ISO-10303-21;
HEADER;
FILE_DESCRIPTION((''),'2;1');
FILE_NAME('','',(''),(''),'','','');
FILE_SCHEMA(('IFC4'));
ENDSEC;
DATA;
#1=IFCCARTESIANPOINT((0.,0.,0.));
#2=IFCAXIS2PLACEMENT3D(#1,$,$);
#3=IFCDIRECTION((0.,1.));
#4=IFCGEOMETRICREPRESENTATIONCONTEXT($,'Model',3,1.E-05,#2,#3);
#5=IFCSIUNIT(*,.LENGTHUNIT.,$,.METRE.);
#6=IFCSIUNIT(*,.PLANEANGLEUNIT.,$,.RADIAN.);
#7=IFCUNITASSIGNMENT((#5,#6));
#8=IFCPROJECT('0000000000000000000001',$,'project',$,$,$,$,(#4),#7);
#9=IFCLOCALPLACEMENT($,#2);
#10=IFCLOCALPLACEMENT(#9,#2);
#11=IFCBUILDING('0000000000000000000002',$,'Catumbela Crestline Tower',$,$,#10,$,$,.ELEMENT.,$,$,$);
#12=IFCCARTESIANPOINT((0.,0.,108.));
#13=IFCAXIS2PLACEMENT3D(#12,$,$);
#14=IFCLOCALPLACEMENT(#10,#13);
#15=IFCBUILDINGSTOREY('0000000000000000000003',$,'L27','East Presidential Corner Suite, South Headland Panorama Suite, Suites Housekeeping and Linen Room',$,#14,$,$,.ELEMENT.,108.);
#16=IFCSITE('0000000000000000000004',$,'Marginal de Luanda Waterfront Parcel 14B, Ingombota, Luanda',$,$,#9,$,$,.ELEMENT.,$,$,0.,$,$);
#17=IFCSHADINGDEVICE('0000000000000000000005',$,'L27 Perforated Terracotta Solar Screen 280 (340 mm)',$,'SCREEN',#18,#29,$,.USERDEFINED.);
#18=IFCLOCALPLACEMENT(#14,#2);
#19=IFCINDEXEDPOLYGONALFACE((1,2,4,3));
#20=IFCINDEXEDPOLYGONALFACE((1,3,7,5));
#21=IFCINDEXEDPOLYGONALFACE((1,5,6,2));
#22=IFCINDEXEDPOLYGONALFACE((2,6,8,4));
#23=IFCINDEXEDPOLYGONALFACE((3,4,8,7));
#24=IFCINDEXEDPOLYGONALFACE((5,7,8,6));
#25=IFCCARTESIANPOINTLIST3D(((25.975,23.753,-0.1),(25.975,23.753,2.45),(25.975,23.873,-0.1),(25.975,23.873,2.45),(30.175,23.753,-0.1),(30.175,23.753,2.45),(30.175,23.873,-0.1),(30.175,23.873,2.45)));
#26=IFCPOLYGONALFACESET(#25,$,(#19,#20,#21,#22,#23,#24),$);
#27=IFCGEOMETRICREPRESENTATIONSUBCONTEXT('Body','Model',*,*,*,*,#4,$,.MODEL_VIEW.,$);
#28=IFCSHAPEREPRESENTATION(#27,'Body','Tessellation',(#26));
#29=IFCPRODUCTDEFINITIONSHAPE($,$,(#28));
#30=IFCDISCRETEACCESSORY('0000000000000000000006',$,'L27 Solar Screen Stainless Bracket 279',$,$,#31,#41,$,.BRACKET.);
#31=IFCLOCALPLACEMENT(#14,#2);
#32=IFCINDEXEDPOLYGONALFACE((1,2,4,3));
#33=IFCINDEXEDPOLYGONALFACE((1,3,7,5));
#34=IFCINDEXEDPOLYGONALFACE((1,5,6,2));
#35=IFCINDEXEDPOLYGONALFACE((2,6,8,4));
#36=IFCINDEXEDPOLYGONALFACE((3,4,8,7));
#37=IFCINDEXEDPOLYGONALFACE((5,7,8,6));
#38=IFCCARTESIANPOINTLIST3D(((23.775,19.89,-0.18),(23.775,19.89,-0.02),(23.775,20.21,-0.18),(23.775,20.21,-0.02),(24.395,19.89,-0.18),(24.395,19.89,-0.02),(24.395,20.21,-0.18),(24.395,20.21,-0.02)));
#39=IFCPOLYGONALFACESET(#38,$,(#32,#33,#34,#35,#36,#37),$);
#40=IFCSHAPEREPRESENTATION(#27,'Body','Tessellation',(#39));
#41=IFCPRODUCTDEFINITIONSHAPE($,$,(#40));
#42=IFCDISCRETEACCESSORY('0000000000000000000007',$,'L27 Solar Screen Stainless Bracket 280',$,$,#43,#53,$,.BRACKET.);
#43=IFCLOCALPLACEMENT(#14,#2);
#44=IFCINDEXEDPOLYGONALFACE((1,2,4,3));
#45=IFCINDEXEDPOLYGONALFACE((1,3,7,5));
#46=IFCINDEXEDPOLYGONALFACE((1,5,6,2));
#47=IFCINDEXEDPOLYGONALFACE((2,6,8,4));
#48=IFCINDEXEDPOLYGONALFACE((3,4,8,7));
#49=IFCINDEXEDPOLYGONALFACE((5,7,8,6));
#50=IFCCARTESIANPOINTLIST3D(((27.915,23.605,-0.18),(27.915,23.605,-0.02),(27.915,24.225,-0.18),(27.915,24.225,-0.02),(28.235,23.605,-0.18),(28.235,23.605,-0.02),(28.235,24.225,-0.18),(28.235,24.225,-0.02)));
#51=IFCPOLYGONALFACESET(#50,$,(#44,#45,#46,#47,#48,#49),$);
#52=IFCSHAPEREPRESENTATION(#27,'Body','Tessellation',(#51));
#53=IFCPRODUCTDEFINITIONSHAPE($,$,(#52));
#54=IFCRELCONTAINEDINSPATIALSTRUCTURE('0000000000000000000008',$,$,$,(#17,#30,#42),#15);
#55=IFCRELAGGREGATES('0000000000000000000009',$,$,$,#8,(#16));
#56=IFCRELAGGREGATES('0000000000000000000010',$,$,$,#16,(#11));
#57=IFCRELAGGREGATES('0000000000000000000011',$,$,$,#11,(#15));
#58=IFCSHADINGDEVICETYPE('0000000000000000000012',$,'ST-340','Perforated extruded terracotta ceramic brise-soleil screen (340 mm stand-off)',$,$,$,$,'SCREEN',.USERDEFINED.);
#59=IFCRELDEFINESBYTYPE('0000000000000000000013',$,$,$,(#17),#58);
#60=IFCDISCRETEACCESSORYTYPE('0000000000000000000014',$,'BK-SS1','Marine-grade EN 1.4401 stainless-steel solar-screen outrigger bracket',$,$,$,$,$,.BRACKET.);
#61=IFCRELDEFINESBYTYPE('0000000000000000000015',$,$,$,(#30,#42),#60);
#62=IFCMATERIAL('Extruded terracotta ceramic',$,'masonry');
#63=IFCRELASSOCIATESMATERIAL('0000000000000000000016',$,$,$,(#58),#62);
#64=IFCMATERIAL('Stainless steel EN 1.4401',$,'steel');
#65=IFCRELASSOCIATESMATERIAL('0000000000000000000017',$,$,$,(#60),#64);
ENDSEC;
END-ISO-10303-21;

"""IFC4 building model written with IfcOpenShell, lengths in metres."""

from ifc_helpers import new_model, si_unit, direction, frame, origin, origin_2d, place, context, subcontext, project, spatial, rectangle, extrude, material, type_object, element, save


model = new_model("IFC4")

# Units and contexts
model_context = context("Model", 3, precision=1e-05, world=origin(), true_north=direction((0.0, 1.0)))
body_context = subcontext(model_context, "Body", "Model", "MODEL_VIEW")
ifc_project = project(units=[si_unit("LENGTHUNIT", "METRE"), si_unit("PLANEANGLEUNIT", "RADIAN")], contexts=[model_context])

# Site, building, storey
site_placement = place(None, origin())
site = spatial("IfcSite", under=ifc_project, at=site_placement, Name="Marginal de Luanda Waterfront Parcel 14B, Ingombota, Luanda", CompositionType="ELEMENT", RefElevation=0.0)
building_placement = place(site_placement, origin())
building = spatial("IfcBuilding", under=site, at=building_placement, Name="Catumbela Crestline Tower", CompositionType="ELEMENT")
storey_placement = place(building_placement, frame((0.0, 0.0, 108.0)))
storey = spatial("IfcBuildingStorey", under=building, at=storey_placement, Name="L27", Description="East Presidential Corner Suite, South Headland Panorama Suite, Suites Housekeeping and Linen Room", CompositionType="ELEMENT", Elevation=108.0)

# Shared definitions
ifc_material_1 = material(Name="Stainless steel EN 1.4401", Category="steel")

# Shading device
ifc_material_2 = material(Name="Extruded terracotta ceramic", Category="masonry")
shading_device_type = type_object("IfcShadingDeviceType", Name="ST-340", Description="Perforated extruded terracotta ceramic brise-soleil screen (340 mm stand-off)", ElementType="SCREEN", PredefinedType="USERDEFINED", material=ifc_material_2)
for number, where, z_axis, x_axis, name in (
    (1, (28.075, 23.813, -0.1), (0.0, 0.0, 1.0), (1.0, 0.0, 0.0), "L27 Perforated Terracotta Solar Screen 280 (340 mm)"),
):
    element("IfcShadingDevice", number, at=place(storey_placement, frame(where, z_axis=z_axis, x_axis=x_axis)), inside=storey, type_object=shading_device_type, Name=name, ObjectType="SCREEN", PredefinedType="USERDEFINED", context=body_context, shape_type="SweptSolid", body=[
        extrude(rectangle(XDim=4.2, YDim=0.12, at=origin_2d()), origin(), (0.0, 0.0, 1.0), 2.55),
    ])

# Discrete accessories
discrete_accessory_type = type_object("IfcDiscreteAccessoryType", Name="BK-SS1", Description="Marine-grade EN 1.4401 stainless-steel solar-screen outrigger bracket", PredefinedType="BRACKET", material=ifc_material_1)
for number, where, z_axis, x_axis, name in (
    (2, (24.085, 20.05, -0.18), (0.0, 0.0, 1.0), (0.0, 1.0, 0.0), "L27 Solar Screen Stainless Bracket 279"),
    (3, (28.075, 23.915, -0.18), (0.0, 0.0, 1.0), (1.0, 0.0, 0.0), "L27 Solar Screen Stainless Bracket 280"),
):
    element("IfcDiscreteAccessory", number, at=place(storey_placement, frame(where, z_axis=z_axis, x_axis=x_axis)), inside=storey, type_object=discrete_accessory_type, Name=name, PredefinedType="BRACKET", context=body_context, shape_type="SweptSolid", body=[
        extrude(rectangle(XDim=0.32, YDim=0.62, at=origin_2d()), origin(), (0.0, 0.0, 1.0), 0.16),
    ])

save(model, "model.ifc")
